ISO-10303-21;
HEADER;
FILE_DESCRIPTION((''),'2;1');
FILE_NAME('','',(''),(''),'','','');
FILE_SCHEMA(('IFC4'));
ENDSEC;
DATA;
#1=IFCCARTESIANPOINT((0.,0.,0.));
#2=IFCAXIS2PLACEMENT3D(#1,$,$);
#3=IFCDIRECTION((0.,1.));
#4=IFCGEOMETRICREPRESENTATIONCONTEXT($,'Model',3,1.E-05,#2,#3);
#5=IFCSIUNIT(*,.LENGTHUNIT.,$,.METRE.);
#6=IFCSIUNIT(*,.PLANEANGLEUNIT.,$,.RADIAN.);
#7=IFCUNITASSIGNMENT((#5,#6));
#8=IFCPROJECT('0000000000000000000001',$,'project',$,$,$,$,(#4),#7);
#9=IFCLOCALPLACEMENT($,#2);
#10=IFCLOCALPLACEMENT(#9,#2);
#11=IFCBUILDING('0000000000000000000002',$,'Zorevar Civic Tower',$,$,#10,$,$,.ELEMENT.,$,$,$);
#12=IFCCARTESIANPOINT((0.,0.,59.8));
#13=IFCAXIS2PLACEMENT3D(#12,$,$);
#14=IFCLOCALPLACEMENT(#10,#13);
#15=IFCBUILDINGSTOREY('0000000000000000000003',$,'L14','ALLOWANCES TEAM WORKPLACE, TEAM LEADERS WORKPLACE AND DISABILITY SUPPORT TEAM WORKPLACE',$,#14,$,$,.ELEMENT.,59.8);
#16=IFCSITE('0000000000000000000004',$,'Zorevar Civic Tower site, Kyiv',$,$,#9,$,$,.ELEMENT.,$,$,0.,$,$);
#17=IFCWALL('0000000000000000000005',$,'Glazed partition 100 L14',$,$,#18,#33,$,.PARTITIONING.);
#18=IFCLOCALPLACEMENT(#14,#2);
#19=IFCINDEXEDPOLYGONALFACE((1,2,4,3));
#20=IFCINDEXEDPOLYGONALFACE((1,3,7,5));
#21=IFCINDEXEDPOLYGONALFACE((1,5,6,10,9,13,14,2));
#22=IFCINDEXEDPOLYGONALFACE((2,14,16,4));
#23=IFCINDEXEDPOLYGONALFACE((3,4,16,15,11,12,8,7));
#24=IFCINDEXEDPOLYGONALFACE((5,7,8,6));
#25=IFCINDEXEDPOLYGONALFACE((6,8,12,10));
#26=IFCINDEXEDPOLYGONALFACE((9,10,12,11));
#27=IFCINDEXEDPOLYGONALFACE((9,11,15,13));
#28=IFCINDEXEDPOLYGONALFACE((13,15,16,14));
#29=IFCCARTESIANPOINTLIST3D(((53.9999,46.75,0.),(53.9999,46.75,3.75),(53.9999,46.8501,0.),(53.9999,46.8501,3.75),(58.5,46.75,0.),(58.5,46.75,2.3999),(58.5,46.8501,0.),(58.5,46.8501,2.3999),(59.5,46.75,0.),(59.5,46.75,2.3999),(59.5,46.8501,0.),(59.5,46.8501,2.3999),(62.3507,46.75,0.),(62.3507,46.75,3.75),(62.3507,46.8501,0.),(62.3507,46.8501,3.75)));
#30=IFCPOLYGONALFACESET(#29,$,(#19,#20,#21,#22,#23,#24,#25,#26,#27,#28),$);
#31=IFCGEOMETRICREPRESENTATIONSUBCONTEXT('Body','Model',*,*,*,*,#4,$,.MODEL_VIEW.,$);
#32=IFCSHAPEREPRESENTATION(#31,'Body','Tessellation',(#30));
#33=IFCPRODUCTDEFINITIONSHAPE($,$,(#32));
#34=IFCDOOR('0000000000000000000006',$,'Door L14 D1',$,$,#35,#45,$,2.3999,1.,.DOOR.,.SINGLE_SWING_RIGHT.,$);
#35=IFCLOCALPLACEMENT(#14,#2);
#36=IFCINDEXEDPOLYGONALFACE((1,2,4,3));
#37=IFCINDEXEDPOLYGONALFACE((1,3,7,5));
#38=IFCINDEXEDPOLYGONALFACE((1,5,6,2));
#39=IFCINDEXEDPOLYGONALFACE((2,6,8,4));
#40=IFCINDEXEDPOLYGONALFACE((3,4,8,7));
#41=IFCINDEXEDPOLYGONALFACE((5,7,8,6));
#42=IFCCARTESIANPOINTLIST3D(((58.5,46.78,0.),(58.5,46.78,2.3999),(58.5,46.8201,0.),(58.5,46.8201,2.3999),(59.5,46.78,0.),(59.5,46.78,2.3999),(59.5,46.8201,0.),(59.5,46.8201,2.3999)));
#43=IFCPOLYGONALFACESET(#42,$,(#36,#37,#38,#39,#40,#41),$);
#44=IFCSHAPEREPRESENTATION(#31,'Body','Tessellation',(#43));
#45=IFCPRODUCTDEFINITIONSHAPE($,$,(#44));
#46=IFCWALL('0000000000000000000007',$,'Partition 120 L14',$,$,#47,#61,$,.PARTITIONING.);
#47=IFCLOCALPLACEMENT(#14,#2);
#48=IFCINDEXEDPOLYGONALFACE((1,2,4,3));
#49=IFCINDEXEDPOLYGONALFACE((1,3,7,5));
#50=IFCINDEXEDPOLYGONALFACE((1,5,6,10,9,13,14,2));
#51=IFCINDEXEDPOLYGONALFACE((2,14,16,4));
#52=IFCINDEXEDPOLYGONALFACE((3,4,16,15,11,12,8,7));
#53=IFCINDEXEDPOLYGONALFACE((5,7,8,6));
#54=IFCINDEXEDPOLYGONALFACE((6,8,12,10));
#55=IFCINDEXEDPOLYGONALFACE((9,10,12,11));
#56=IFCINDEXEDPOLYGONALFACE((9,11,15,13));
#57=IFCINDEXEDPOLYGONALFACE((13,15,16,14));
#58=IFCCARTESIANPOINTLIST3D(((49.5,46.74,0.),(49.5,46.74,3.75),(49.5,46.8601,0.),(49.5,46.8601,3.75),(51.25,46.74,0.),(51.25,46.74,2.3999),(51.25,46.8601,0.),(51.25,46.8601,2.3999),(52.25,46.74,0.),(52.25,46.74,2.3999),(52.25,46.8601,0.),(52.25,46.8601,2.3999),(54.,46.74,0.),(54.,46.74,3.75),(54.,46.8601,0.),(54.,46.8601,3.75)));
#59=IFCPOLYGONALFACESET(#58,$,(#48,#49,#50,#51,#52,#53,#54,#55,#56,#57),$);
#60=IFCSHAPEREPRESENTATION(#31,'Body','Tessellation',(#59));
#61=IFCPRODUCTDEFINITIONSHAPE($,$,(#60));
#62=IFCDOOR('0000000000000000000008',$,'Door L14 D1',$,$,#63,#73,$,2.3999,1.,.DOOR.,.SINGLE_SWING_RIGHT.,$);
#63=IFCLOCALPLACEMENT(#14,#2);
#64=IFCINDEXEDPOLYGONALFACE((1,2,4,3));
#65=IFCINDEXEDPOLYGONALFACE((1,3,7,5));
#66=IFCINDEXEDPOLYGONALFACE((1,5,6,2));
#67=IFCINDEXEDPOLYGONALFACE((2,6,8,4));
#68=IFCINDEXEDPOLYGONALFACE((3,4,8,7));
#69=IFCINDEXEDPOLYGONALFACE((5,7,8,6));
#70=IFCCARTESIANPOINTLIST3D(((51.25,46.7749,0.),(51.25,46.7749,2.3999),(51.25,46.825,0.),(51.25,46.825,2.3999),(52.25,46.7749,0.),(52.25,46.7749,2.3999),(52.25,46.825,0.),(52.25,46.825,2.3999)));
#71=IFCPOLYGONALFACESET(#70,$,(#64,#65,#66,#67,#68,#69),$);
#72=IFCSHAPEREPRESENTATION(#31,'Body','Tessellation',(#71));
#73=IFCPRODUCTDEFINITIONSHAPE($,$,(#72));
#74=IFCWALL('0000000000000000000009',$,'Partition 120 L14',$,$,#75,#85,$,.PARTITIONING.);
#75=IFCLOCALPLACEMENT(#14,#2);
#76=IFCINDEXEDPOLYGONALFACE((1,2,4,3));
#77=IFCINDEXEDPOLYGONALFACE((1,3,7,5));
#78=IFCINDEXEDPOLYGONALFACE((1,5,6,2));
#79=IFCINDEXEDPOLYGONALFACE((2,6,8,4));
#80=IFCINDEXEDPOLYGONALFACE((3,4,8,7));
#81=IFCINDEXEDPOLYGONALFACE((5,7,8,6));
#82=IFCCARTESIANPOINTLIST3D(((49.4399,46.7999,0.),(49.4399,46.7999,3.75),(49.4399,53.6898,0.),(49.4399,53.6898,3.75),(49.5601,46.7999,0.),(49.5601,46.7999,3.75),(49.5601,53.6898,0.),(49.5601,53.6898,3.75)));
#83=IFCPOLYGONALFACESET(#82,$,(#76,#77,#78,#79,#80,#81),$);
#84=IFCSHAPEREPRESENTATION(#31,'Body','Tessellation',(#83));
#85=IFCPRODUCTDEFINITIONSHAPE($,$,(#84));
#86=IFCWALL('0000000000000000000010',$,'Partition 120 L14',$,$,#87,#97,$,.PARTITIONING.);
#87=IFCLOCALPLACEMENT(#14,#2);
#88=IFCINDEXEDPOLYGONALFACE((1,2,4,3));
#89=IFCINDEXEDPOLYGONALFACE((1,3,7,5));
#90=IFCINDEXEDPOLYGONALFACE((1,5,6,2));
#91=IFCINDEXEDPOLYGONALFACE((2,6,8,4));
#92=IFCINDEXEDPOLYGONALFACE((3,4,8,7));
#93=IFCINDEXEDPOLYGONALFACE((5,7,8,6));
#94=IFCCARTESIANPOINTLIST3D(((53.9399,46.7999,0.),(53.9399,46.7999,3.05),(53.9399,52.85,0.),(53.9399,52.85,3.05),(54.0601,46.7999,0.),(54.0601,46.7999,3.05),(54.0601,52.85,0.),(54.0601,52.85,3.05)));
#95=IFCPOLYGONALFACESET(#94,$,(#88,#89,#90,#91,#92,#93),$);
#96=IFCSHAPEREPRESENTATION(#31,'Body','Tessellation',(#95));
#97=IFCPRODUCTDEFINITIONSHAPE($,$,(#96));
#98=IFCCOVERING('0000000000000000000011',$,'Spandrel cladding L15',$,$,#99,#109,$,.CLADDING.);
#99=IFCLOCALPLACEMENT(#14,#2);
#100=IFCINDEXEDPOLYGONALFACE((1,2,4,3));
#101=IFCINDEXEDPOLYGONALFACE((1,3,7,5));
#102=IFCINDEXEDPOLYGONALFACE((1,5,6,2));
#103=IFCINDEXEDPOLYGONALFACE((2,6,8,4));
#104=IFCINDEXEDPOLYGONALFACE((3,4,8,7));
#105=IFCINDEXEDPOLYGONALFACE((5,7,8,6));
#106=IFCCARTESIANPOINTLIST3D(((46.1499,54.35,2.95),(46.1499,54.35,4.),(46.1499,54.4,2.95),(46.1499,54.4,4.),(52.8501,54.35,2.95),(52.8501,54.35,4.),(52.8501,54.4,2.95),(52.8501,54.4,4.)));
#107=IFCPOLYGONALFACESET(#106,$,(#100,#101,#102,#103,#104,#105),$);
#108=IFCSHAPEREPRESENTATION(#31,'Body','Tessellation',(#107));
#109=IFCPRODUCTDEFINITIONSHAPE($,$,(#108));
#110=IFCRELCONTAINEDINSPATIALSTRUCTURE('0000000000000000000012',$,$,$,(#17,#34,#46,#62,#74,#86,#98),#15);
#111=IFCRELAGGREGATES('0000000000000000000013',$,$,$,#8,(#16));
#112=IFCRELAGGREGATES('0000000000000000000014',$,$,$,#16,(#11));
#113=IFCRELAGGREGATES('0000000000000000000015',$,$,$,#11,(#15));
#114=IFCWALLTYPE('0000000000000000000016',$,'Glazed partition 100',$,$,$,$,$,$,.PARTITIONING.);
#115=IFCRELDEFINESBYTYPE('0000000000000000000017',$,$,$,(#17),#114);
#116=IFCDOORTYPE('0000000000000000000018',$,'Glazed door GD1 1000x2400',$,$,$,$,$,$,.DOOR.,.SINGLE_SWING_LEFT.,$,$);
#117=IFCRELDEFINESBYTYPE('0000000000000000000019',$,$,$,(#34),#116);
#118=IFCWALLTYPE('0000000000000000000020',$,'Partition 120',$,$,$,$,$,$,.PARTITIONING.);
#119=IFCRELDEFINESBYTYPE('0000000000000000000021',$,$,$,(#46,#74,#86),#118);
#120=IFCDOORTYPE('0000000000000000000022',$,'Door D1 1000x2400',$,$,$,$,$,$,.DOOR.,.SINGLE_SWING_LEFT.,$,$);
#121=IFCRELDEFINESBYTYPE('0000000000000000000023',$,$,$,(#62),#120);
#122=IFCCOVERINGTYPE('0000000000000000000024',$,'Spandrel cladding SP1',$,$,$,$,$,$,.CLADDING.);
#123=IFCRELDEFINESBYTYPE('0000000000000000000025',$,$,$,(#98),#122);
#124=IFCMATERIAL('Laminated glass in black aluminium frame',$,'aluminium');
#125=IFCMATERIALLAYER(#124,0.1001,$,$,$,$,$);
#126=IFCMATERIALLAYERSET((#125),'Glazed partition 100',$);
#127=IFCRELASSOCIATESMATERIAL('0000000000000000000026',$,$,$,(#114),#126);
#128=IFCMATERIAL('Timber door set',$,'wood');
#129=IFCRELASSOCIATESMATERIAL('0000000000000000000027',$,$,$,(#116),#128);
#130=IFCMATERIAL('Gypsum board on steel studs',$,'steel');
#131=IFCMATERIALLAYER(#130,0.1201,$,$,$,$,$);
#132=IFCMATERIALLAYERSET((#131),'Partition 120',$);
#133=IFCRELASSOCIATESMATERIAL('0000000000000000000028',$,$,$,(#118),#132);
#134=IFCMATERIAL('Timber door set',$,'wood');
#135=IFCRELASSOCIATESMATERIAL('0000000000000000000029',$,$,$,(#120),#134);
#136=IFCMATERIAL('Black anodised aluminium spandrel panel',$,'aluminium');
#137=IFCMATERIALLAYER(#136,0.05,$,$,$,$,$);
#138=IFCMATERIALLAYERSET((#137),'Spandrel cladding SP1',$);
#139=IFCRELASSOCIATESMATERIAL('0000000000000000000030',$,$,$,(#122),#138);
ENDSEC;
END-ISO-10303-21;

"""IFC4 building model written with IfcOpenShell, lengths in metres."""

from ifc_helpers import new_model, si_unit, direction, frame, frame_2d, origin, place, context, subcontext, project, spatial, rectangle, extrude, material, layer, layer_set, type_object, element, fill, save


model = new_model("IFC4")

# Units and contexts
model_context = context("Model", 3, precision=1e-05, world=origin(), true_north=direction((0.0, 1.0)))
body_context = subcontext(model_context, "Body", "Model", "MODEL_VIEW")
ifc_project = project(units=[si_unit("LENGTHUNIT", "METRE"), si_unit("PLANEANGLEUNIT", "RADIAN")], contexts=[model_context])

# Site, building, storey
site_placement = place(None, origin())
site = spatial("IfcSite", under=ifc_project, at=site_placement, Name="Zorevar Civic Tower site, Kyiv", CompositionType="ELEMENT", RefElevation=0.0)
building_placement = place(site_placement, origin())
building = spatial("IfcBuilding", under=site, at=building_placement, Name="Zorevar Civic Tower", CompositionType="ELEMENT")
storey_placement = place(building_placement, frame((0.0, 0.0, 59.8)))
storey = spatial("IfcBuildingStorey", under=building, at=storey_placement, Name="L14", Description="ALLOWANCES TEAM WORKPLACE, TEAM LEADERS WORKPLACE AND DISABILITY SUPPORT TEAM WORKPLACE", CompositionType="ELEMENT", Elevation=59.8)

# Walls, openings, doors
ifc_material_1 = material(Name="Laminated glass in black aluminium frame", Category="aluminium")
ifc_layer_1 = layer(ifc_material_1, 0.1001)
ifc_layer_set_1 = layer_set([ifc_layer_1], Name="Glazed partition 100")
wall_type_1 = type_object("IfcWallType", Name="Glazed partition 100", PredefinedType="PARTITIONING", material=ifc_layer_set_1)
wall_1_placement = place(storey_placement, frame((54.0, 46.8, 0.0), z_axis=(0.0, 0.0, 1.0), x_axis=(1.0, 0.0, 0.0)))
wall_1 = element("IfcWall", 1, at=wall_1_placement, inside=storey, type_object=wall_type_1, Name="Glazed partition 100 L14", PredefinedType="PARTITIONING", context=body_context, shape_type="SweptSolid", body=[
    extrude(rectangle(XDim=8.3508, YDim=0.1001, at=frame_2d((4.1753, 0.0))), origin(), (0.0, 0.0, 1.0), 3.75),
])
opening_1_placement = place(wall_1_placement, frame((4.5, 0.0, 0.0)))
opening_1 = element("IfcOpeningElement", 2, at=opening_1_placement, cuts=wall_1, PredefinedType="OPENING", context=body_context, shape_type="SweptSolid", body=[
    extrude(rectangle(XDim=1.0, YDim=2.3999, at=frame_2d((0.5, 1.2))), frame((0.0, 0.0601, 0.0), z_axis=(0.0, -1.0, 0.0), x_axis=(1.0, 0.0, 0.0)), (0.0, 0.0, 1.0), 0.1201),
])
ifc_material_2 = material(Name="Timber door set", Category="wood")
door_type_1 = type_object("IfcDoorType", Name="Glazed door GD1 1000x2400", OperationType="SINGLE_SWING_LEFT", PredefinedType="DOOR", material=ifc_material_2)
door_1_placement = place(opening_1_placement, origin())
door_1 = element("IfcDoor", 3, at=door_1_placement, inside=storey, type_object=door_type_1, Name="Door L14 D1", OperationType="SINGLE_SWING_RIGHT", OverallHeight=2.3999, OverallWidth=1.0, PredefinedType="DOOR", context=body_context, shape_type="SweptSolid", body=[
    extrude(rectangle(XDim=1.0, YDim=2.3999, at=frame_2d((0.5, 1.2))), frame((0.0, 0.02, 0.0), z_axis=(0.0, -1.0, 0.0), x_axis=(1.0, 0.0, 0.0)), (0.0, 0.0, 1.0), 0.04),
])
fill(opening_1, door_1)
ifc_material_3 = material(Name="Gypsum board on steel studs", Category="steel")
ifc_layer_2 = layer(ifc_material_3, 0.1201)
ifc_layer_set_2 = layer_set([ifc_layer_2], Name="Partition 120")
wall_type_2 = type_object("IfcWallType", Name="Partition 120", PredefinedType="PARTITIONING", material=ifc_layer_set_2)
wall_2_placement = place(storey_placement, frame((49.5, 46.8, 0.0), z_axis=(0.0, 0.0, 1.0), x_axis=(1.0, 0.0, 0.0)))
wall_2 = element("IfcWall", 4, at=wall_2_placement, inside=storey, type_object=wall_type_2, Name="Partition 120 L14", PredefinedType="PARTITIONING", context=body_context, shape_type="SweptSolid", body=[
    extrude(rectangle(XDim=4.5, YDim=0.1201, at=frame_2d((2.25, 0.0))), origin(), (0.0, 0.0, 1.0), 3.75),
])
opening_2_placement = place(wall_2_placement, frame((1.75, 0.0, 0.0)))
opening_2 = element("IfcOpeningElement", 5, at=opening_2_placement, cuts=wall_2, PredefinedType="OPENING", context=body_context, shape_type="SweptSolid", body=[
    extrude(rectangle(XDim=1.0, YDim=2.3999, at=frame_2d((0.5, 1.2))), frame((0.0, 0.0701, 0.0), z_axis=(0.0, -1.0, 0.0), x_axis=(1.0, 0.0, 0.0)), (0.0, 0.0, 1.0), 0.1401),
])
ifc_material_4 = material(Name="Timber door set", Category="wood")
door_type_2 = type_object("IfcDoorType", Name="Door D1 1000x2400", OperationType="SINGLE_SWING_LEFT", PredefinedType="DOOR", material=ifc_material_4)
door_2_placement = place(opening_2_placement, origin())
door_2 = element("IfcDoor", 6, at=door_2_placement, inside=storey, type_object=door_type_2, Name="Door L14 D1", OperationType="SINGLE_SWING_RIGHT", OverallHeight=2.3999, OverallWidth=1.0, PredefinedType="DOOR", context=body_context, shape_type="SweptSolid", body=[
    extrude(rectangle(XDim=1.0, YDim=2.3999, at=frame_2d((0.5, 1.2))), frame((0.0, 0.0249, 0.0), z_axis=(0.0, -1.0, 0.0), x_axis=(1.0, 0.0, 0.0)), (0.0, 0.0, 1.0), 0.05),
])
fill(opening_2, door_2)

# Walls
wall_3_placement = place(storey_placement, frame((49.5, 46.8, 0.0), z_axis=(0.0, 0.0, 1.0), x_axis=(0.0, 1.0, 0.0)))
element("IfcWall", 7, at=wall_3_placement, inside=storey, type_object=wall_type_2, Name="Partition 120 L14", PredefinedType="PARTITIONING", context=body_context, shape_type="SweptSolid", body=[
    extrude(rectangle(XDim=6.8899, YDim=0.1201, at=frame_2d((3.4448, 0.0))), origin(), (0.0, 0.0, 1.0), 3.75),
])
wall_4_placement = place(storey_placement, frame((54.0, 46.8, 0.0), z_axis=(0.0, 0.0, 1.0), x_axis=(0.0, 1.0, 0.0)))
element("IfcWall", 8, at=wall_4_placement, inside=storey, type_object=wall_type_2, Name="Partition 120 L14", PredefinedType="PARTITIONING", context=body_context, shape_type="SweptSolid", body=[
    extrude(rectangle(XDim=6.05, YDim=0.1201, at=frame_2d((3.0249, 0.0))), origin(), (0.0, 0.0, 1.0), 3.05),
])

# Covering
ifc_material_5 = material(Name="Black anodised aluminium spandrel panel", Category="aluminium")
ifc_layer_3 = layer(ifc_material_5, 0.05)
ifc_layer_set_3 = layer_set([ifc_layer_3], Name="Spandrel cladding SP1")
covering_type = type_object("IfcCoveringType", Name="Spandrel cladding SP1", PredefinedType="CLADDING", material=ifc_layer_set_3)
covering_placement = place(storey_placement, frame((46.1499, 54.375, 2.95), z_axis=(0.0, 0.0, 1.0), x_axis=(1.0, 0.0, 0.0)))
element("IfcCovering", 9, at=covering_placement, inside=storey, type_object=covering_type, Name="Spandrel cladding L15", PredefinedType="CLADDING", context=body_context, shape_type="SweptSolid", body=[
    extrude(rectangle(XDim=6.7002, YDim=0.05, at=frame_2d((3.3501, 0.0))), origin(), (0.0, 0.0, 1.0), 1.05),
])

save(model, "model.ifc")
